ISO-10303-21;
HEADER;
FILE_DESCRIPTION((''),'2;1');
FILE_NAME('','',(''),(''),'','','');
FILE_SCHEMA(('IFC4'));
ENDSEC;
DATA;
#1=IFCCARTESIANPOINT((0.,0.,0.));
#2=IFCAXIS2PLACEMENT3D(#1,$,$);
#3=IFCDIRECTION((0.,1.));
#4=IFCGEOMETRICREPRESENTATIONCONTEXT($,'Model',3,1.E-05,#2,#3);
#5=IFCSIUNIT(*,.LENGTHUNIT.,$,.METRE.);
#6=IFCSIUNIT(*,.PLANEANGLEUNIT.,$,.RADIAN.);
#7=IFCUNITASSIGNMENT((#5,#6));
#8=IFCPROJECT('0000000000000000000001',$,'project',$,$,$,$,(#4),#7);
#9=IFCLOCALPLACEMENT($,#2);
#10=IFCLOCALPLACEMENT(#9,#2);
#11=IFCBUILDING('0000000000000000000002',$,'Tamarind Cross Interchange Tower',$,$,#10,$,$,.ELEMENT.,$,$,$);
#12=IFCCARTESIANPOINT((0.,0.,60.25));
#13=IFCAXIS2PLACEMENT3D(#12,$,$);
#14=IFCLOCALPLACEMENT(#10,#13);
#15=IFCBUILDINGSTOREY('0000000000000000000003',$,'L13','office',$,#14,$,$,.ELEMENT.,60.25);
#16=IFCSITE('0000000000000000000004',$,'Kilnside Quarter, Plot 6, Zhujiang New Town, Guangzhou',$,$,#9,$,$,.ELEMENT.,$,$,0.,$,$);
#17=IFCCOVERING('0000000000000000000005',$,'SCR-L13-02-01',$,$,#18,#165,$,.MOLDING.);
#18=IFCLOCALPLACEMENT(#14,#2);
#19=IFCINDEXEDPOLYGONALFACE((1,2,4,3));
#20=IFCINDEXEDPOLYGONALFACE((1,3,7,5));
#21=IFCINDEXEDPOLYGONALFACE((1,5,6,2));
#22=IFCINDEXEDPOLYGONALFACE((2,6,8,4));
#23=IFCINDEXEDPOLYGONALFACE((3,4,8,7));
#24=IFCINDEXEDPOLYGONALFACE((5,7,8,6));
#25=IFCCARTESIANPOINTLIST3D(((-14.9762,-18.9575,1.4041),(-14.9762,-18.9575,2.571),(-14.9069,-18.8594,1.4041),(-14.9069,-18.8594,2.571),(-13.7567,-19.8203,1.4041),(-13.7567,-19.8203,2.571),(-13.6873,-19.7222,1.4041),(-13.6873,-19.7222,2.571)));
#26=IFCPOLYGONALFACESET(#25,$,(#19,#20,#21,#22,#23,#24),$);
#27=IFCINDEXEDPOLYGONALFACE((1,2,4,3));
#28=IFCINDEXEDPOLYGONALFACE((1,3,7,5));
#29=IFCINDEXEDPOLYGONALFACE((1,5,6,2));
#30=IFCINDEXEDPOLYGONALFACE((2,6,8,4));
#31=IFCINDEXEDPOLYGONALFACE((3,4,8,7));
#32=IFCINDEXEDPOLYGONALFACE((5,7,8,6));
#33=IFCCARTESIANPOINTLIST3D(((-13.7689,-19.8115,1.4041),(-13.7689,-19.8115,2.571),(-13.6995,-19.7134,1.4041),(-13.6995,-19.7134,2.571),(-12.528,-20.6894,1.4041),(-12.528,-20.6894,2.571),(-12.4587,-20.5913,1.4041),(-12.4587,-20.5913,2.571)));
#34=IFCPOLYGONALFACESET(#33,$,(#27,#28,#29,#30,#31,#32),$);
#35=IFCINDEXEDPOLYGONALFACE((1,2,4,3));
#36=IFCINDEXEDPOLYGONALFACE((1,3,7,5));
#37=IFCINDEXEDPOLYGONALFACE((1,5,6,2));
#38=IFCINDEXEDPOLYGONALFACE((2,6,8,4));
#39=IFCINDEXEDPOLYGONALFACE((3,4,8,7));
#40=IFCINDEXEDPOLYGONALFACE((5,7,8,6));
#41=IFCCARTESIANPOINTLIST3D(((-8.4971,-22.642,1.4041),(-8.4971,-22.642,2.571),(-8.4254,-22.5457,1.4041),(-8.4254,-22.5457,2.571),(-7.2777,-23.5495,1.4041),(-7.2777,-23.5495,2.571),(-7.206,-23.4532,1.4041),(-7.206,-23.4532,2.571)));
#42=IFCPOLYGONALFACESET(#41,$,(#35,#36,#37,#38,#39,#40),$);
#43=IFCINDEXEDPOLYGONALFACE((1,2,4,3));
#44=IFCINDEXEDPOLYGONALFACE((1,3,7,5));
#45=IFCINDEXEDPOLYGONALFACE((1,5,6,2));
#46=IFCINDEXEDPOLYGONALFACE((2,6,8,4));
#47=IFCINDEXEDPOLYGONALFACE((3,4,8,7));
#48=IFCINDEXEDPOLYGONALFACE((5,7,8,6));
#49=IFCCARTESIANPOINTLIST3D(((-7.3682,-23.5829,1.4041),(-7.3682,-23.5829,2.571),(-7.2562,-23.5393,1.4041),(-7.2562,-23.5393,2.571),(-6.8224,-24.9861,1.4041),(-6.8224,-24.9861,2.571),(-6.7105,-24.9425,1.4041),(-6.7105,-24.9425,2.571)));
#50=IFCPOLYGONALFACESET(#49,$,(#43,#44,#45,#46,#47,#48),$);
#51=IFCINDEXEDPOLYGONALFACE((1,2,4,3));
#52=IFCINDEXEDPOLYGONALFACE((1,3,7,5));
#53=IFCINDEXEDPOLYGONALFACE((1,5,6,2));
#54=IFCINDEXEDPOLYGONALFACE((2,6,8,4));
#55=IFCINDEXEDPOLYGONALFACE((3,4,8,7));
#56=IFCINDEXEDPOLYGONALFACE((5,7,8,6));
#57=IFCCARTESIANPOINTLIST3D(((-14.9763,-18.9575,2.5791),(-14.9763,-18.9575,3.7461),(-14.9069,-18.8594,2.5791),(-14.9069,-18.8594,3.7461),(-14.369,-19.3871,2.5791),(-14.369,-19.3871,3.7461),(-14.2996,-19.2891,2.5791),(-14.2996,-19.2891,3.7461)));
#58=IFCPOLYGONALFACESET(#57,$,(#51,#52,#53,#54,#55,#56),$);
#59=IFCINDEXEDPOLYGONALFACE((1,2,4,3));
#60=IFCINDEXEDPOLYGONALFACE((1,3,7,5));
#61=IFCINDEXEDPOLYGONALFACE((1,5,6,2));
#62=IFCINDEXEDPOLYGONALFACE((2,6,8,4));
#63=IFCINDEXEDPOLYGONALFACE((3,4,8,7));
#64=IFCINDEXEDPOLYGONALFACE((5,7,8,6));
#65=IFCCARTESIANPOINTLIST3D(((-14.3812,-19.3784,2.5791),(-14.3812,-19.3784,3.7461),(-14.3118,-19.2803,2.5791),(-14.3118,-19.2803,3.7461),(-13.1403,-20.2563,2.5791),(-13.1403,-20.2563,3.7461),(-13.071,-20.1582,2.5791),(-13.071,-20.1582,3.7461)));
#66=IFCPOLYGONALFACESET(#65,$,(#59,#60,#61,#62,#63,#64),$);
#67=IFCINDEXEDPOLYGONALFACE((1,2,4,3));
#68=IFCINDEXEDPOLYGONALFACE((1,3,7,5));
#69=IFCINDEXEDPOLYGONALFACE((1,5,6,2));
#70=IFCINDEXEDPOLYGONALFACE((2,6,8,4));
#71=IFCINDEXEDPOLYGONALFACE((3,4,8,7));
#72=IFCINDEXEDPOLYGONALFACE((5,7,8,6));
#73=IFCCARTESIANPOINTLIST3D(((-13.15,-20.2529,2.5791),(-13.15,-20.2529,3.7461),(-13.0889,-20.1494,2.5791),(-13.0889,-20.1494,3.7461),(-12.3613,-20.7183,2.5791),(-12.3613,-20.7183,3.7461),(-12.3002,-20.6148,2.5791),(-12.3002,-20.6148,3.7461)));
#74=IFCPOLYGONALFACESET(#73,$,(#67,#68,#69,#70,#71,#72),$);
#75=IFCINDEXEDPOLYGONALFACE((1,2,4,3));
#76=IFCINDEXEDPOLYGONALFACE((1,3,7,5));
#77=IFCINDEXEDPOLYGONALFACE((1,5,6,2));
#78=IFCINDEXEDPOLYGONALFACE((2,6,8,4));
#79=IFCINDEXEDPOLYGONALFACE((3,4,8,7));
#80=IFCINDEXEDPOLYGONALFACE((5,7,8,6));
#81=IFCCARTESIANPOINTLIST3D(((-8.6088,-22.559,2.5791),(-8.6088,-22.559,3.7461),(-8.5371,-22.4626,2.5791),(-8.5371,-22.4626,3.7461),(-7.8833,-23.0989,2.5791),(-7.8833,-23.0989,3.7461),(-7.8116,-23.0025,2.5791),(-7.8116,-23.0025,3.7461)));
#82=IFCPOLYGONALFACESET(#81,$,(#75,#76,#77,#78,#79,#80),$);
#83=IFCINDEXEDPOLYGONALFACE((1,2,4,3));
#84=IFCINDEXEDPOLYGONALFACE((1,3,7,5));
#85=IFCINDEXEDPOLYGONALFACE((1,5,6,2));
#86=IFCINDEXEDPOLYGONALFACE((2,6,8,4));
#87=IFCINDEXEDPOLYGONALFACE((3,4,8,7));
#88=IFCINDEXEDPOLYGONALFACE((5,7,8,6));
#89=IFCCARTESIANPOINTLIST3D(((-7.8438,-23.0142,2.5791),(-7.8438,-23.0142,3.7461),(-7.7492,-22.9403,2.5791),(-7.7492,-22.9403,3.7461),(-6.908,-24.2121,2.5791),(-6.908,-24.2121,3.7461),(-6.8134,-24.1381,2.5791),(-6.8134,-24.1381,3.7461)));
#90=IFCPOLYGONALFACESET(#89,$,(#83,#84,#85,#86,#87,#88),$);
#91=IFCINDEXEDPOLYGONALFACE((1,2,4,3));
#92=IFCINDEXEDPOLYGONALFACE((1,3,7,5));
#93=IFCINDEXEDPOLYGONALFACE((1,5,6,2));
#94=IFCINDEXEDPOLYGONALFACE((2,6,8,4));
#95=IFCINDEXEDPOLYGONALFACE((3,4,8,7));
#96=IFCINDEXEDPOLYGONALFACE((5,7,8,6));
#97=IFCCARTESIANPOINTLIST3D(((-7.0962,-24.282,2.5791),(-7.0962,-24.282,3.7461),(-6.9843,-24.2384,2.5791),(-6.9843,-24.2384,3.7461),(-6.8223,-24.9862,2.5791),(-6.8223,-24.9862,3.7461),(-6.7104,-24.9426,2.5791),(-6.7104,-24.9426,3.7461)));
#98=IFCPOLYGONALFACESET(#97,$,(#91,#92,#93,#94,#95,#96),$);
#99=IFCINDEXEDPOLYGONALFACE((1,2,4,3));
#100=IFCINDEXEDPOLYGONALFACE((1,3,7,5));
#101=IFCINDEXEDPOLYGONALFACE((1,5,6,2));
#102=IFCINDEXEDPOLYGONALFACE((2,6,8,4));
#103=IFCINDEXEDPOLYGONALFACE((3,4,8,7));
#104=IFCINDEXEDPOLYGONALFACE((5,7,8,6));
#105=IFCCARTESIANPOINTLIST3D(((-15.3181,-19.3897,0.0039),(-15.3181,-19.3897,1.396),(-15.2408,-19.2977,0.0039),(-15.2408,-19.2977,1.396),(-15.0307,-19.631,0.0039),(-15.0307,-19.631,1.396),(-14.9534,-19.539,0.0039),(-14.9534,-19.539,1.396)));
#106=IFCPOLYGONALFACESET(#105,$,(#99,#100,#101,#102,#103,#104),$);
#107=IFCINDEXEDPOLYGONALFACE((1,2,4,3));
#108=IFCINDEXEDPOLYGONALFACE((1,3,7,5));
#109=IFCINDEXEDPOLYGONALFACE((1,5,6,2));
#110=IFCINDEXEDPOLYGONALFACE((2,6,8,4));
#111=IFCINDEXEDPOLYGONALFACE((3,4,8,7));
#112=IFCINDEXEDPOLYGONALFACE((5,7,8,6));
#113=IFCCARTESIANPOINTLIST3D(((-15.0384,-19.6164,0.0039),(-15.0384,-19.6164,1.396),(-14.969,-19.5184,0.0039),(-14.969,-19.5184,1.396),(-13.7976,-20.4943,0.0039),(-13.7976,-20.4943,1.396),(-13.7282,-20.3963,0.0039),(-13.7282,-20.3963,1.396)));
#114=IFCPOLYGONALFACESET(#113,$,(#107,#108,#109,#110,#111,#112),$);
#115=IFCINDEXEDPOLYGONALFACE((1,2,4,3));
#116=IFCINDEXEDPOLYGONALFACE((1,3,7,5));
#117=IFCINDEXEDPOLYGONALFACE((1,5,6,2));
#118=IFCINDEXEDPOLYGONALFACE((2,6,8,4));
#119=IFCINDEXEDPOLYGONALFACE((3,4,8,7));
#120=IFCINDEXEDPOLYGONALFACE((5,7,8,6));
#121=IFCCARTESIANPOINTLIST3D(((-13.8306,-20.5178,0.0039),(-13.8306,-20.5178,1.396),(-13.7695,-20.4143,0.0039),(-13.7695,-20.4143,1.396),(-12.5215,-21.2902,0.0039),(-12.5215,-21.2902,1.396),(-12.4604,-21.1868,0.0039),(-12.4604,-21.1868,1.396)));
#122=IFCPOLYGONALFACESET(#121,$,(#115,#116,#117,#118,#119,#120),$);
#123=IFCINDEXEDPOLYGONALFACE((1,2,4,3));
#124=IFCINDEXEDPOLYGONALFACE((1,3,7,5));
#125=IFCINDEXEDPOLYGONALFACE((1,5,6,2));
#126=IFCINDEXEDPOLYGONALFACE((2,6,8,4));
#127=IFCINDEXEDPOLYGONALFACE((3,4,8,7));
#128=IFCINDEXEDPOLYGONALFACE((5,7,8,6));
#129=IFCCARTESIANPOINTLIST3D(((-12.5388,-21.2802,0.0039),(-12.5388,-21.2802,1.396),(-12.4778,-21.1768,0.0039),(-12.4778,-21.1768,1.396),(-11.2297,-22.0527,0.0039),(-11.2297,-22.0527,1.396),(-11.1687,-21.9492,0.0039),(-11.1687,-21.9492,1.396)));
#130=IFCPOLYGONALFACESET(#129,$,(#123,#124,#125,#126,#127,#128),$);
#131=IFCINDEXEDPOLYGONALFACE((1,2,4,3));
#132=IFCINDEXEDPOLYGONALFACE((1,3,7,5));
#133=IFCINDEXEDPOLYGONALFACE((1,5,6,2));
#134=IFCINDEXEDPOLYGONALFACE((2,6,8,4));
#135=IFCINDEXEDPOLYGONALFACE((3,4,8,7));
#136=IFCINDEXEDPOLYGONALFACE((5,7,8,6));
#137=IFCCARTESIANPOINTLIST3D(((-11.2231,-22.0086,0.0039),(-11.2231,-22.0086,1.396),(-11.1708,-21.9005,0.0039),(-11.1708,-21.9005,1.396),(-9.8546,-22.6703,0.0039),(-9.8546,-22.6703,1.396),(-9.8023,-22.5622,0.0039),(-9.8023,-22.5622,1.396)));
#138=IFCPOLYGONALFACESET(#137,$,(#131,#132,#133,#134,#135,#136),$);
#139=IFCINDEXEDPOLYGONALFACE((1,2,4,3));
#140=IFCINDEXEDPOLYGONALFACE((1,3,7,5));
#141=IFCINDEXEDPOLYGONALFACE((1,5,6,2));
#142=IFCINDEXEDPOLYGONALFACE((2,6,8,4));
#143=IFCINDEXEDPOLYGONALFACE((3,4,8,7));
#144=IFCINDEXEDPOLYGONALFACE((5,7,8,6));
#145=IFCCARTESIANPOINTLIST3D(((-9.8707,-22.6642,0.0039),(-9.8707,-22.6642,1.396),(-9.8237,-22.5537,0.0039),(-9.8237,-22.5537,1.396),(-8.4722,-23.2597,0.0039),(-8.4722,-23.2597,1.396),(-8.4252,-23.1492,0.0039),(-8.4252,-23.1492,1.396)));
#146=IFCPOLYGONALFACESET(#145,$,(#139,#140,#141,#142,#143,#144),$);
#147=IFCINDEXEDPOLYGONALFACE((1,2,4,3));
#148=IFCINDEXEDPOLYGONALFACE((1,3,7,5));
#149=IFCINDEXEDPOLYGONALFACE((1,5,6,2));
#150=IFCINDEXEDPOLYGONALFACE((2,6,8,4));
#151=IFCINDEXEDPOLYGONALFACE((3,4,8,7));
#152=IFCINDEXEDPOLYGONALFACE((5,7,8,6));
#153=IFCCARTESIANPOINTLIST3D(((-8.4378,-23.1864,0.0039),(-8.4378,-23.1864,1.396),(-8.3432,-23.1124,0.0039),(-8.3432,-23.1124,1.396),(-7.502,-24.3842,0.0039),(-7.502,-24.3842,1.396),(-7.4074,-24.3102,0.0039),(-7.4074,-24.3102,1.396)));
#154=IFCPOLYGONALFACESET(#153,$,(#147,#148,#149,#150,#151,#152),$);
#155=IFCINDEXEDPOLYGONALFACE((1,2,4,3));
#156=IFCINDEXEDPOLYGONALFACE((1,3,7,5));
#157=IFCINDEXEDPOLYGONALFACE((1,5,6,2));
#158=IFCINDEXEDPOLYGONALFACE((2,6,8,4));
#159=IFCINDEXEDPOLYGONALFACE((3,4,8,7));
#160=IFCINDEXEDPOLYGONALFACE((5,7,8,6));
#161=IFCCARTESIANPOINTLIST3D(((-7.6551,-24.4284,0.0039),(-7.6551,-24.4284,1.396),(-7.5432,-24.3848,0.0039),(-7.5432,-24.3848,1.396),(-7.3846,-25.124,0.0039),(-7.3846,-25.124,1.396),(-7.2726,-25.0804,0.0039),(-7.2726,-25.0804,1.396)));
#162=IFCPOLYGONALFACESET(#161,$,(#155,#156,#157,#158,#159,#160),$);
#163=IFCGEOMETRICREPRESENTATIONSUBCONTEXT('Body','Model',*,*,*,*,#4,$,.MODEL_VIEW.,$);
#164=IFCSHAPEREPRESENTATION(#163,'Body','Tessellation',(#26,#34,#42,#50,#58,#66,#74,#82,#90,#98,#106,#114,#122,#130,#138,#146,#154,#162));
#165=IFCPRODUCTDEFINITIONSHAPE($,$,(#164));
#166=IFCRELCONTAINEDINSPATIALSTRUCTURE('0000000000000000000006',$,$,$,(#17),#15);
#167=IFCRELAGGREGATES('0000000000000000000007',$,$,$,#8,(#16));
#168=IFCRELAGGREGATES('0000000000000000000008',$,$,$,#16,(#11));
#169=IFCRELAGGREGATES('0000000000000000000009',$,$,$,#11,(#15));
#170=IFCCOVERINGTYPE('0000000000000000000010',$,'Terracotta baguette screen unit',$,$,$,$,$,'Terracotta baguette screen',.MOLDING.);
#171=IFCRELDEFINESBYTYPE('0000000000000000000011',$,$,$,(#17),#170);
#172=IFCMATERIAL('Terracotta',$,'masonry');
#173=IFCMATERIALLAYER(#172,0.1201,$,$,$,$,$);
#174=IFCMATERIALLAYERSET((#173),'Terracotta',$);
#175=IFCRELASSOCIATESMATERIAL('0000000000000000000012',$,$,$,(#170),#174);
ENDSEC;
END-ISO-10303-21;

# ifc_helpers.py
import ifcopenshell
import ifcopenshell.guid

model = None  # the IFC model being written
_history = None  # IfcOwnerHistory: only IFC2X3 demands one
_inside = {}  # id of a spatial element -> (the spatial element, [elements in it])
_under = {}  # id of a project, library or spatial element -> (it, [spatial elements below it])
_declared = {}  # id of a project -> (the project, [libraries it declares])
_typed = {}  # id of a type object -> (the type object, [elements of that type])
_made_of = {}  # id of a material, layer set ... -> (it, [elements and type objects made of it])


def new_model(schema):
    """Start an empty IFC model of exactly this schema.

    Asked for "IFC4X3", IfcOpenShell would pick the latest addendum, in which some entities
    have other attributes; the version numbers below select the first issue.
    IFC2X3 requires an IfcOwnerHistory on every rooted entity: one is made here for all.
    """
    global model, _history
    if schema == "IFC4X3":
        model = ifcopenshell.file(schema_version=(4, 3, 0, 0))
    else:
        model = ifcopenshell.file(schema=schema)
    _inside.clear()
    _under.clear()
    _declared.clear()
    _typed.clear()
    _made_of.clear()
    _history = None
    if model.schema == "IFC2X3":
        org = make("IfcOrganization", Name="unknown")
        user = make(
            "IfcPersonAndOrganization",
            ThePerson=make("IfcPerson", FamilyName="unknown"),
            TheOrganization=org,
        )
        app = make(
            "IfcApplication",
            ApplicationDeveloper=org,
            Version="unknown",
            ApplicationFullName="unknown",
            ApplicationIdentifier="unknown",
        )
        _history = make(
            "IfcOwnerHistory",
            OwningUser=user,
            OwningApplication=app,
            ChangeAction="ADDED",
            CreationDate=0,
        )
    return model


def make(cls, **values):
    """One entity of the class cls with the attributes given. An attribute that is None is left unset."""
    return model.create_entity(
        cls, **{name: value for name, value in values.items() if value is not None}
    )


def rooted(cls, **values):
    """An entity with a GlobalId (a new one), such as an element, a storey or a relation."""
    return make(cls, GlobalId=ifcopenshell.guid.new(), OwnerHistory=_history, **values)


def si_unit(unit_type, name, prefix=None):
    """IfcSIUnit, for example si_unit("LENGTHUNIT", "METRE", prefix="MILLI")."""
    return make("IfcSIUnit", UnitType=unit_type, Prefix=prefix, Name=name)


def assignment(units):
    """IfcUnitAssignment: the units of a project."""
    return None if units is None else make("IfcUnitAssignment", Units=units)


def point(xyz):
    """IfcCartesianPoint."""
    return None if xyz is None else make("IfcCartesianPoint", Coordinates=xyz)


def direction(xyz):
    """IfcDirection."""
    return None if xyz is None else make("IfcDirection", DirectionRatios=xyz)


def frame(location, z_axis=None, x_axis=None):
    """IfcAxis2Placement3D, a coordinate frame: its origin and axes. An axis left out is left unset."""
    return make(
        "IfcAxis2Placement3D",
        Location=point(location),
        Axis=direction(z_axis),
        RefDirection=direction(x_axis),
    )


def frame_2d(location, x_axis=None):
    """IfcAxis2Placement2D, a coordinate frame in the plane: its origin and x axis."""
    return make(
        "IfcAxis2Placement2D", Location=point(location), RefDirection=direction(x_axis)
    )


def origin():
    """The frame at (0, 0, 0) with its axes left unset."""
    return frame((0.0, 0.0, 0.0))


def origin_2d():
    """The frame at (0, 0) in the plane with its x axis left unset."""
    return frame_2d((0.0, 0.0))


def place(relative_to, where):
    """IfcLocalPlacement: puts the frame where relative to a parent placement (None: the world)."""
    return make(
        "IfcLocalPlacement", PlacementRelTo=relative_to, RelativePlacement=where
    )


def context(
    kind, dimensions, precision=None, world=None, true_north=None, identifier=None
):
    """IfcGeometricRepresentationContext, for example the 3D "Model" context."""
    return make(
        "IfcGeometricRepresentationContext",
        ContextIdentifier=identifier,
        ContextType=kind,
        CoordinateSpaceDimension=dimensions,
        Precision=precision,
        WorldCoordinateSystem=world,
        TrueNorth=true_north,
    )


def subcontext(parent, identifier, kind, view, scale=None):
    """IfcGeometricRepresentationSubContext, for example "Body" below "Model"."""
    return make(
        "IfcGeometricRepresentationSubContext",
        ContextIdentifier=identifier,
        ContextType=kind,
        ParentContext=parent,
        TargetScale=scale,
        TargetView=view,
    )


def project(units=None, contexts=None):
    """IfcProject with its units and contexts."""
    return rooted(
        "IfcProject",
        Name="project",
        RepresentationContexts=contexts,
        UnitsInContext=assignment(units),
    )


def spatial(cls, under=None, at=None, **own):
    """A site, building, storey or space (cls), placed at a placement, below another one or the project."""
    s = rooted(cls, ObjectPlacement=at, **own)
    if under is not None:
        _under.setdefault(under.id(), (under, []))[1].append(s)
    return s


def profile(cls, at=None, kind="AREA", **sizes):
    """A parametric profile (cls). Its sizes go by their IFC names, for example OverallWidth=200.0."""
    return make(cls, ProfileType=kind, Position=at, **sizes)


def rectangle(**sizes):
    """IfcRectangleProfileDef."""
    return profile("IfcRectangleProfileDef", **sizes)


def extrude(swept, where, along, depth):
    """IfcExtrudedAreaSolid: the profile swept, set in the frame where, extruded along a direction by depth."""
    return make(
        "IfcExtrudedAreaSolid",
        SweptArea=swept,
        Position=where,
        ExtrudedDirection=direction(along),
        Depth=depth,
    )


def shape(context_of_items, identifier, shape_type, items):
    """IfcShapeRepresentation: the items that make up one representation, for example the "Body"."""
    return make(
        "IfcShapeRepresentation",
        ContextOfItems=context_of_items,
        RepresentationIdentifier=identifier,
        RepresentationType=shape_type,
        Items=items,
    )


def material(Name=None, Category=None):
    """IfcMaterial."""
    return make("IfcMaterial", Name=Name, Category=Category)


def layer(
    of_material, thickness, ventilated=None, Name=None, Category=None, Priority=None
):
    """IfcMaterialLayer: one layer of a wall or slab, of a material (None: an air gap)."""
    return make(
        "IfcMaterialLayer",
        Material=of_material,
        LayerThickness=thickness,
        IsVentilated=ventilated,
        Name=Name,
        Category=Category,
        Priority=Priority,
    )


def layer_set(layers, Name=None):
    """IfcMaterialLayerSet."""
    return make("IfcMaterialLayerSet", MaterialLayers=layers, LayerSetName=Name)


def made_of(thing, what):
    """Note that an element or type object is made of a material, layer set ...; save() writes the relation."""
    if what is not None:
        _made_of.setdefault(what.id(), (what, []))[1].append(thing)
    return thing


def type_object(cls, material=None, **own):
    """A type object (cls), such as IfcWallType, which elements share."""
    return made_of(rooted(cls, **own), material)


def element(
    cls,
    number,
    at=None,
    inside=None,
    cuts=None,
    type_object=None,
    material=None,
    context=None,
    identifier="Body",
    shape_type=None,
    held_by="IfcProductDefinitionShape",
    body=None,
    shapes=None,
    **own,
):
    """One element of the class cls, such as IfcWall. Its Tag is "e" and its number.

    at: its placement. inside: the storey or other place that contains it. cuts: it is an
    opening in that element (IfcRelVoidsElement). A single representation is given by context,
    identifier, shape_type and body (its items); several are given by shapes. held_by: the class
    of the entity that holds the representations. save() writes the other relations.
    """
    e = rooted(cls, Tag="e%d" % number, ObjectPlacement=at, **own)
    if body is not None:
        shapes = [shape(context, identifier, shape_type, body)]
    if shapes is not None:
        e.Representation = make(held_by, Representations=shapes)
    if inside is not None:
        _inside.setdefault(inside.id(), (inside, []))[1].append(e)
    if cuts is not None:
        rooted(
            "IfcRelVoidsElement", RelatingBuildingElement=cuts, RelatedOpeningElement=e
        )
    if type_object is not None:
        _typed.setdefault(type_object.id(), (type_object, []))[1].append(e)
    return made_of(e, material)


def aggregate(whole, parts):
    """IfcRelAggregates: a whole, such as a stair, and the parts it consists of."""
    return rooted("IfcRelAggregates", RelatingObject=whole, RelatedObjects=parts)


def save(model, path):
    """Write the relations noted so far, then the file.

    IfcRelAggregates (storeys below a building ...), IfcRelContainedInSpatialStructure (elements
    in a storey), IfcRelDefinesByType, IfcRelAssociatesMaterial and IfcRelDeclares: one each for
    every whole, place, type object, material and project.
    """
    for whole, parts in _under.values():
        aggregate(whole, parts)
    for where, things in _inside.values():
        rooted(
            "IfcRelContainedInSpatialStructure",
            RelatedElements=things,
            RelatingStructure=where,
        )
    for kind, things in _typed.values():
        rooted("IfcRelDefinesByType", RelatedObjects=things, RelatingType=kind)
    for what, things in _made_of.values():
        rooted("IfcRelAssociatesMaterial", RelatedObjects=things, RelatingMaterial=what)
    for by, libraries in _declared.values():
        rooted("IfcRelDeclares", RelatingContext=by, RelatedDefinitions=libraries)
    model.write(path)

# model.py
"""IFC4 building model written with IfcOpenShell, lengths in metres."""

from ifc_helpers import new_model, si_unit, direction, frame, origin, origin_2d, place, context, subcontext, project, spatial, rectangle, extrude, material, layer, layer_set, type_object, element, save


model = new_model("IFC4")

# Units and contexts
model_context = context("Model", 3, precision=1e-05, world=origin(), true_north=direction((0.0, 1.0)))
body_context = subcontext(model_context, "Body", "Model", "MODEL_VIEW")
ifc_project = project(units=[si_unit("LENGTHUNIT", "METRE"), si_unit("PLANEANGLEUNIT", "RADIAN")], contexts=[model_context])

# Site, building, storey
site_placement = place(None, origin())
site = spatial("IfcSite", under=ifc_project, at=site_placement, Name="Kilnside Quarter, Plot 6, Zhujiang New Town, Guangzhou", CompositionType="ELEMENT", RefElevation=0.0)
building_placement = place(site_placement, origin())
building = spatial("IfcBuilding", under=site, at=building_placement, Name="Tamarind Cross Interchange Tower", CompositionType="ELEMENT")
storey_placement = place(building_placement, frame((0.0, 0.0, 60.25)))
storey = spatial("IfcBuildingStorey", under=building, at=storey_placement, Name="L13", Description="office", CompositionType="ELEMENT", Elevation=60.25)

# Covering
ifc_material_1 = material(Name="Terracotta", Category="masonry")
ifc_layer_1 = layer(ifc_material_1, 0.1201)
ifc_layer_set_1 = layer_set([ifc_layer_1], Name="Terracotta")
covering_type = type_object("IfcCoveringType", Name="Terracotta baguette screen unit", ElementType="Terracotta baguette screen", PredefinedType="MOLDING", material=ifc_layer_set_1)
covering_1_placement = place(storey_placement, origin())
element("IfcCovering", 1, at=covering_1_placement, inside=storey, type_object=covering_type, Name="SCR-L13-02-01", PredefinedType="MOLDING", context=body_context, shape_type="SweptSolid", body=[
    extrude(rectangle(XDim=1.4939, YDim=0.1201, at=origin_2d()), frame((-14.3318, -19.3398, 1.4041), z_axis=(0.0, 0.0, 1.0), x_axis=(0.816342, -0.577569, 0.0)), (0.0, 0.0, 1.0), 1.167),
    extrude(rectangle(XDim=1.52, YDim=0.1201, at=origin_2d()), frame((-13.1138, -20.2014, 1.4041), z_axis=(0.0, 0.0, 1.0), x_axis=(0.816342, -0.577569, 0.0)), (0.0, 0.0, 1.0), 1.167),
    extrude(rectangle(XDim=1.52, YDim=0.1201, at=origin_2d()), frame((-7.8516, -23.0476, 1.4041), z_axis=(0.0, 0.0, 1.0), x_axis=(0.802209, -0.597043, 0.0)), (0.0, 0.0, 1.0), 1.167),
    extrude(rectangle(XDim=1.5056, YDim=0.1201, at=origin_2d()), frame((-7.0393, -24.2627, 1.4041), z_axis=(0.0, 0.0, 1.0), x_axis=(0.362473, -0.931994, 0.0)), (0.0, 0.0, 1.0), 1.167),
    extrude(rectangle(XDim=0.7439, YDim=0.1201, at=origin_2d()), frame((-14.6379, -19.1233, 2.5791), z_axis=(0.0, 0.0, 1.0), x_axis=(0.816342, -0.577569, 0.0)), (0.0, 0.0, 1.0), 1.167),
    extrude(rectangle(XDim=1.52, YDim=0.1201, at=origin_2d()), frame((-13.7261, -19.7683, 2.5791), z_axis=(0.0, 0.0, 1.0), x_axis=(0.816342, -0.577569, 0.0)), (0.0, 0.0, 1.0), 1.167),
    extrude(rectangle(XDim=0.9158, YDim=0.1201, at=origin_2d()), frame((-12.7251, -20.4338, 2.5791), z_axis=(0.0, 0.0, 1.0), x_axis=(0.861249, -0.508183, 0.0)), (0.0, 0.0, 1.0), 1.167),
    extrude(rectangle(XDim=0.9043, YDim=0.1201, at=origin_2d()), frame((-8.2102, -22.7808, 2.5791), z_axis=(0.0, 0.0, 1.0), x_axis=(0.802209, -0.597043, 0.0)), (0.0, 0.0, 1.0), 1.167),
    extrude(rectangle(XDim=1.52, YDim=0.1201, at=origin_2d()), frame((-7.3286, -23.5762, 2.5791), z_axis=(0.0, 0.0, 1.0), x_axis=(0.615646, -0.788023, 0.0)), (0.0, 0.0, 1.0), 1.167),
    extrude(rectangle(XDim=0.7556, YDim=0.1201, at=origin_2d()), frame((-6.9033, -24.6123, 2.5791), z_axis=(0.0, 0.0, 1.0), x_axis=(0.362473, -0.931994, 0.0)), (0.0, 0.0, 1.0), 1.167),
    extrude(rectangle(XDim=0.3752, YDim=0.1201, at=origin_2d()), frame((-15.1357, -19.4644, 0.0039), z_axis=(0.0, 0.0, 1.0), x_axis=(0.765858, -0.643009, 0.0)), (0.0, 0.0, 1.0), 1.3921),
    extrude(rectangle(XDim=1.52, YDim=0.1201, at=origin_2d()), frame((-14.3833, -20.0063, 0.0039), z_axis=(0.0, 0.0, 1.0), x_axis=(0.816342, -0.577569, 0.0)), (0.0, 0.0, 1.0), 1.3921),
    extrude(rectangle(XDim=1.52, YDim=0.1201, at=origin_2d()), frame((-13.1455, -20.8523, 0.0039), z_axis=(0.0, 0.0, 1.0), x_axis=(0.861249, -0.508183, 0.0)), (0.0, 0.0, 1.0), 1.3921),
    extrude(rectangle(XDim=1.52, YDim=0.1201, at=origin_2d()), frame((-11.8538, -21.6147, 0.0039), z_axis=(0.0, 0.0, 1.0), x_axis=(0.861249, -0.508183, 0.0)), (0.0, 0.0, 1.0), 1.3921),
    extrude(rectangle(XDim=1.52, YDim=0.1201, at=origin_2d()), frame((-10.5127, -22.2854, 0.0039), z_axis=(0.0, 0.0, 1.0), x_axis=(0.900273, -0.435326, 0.0)), (0.0, 0.0, 1.0), 1.3921),
    extrude(rectangle(XDim=1.52, YDim=0.1201, at=origin_2d()), frame((-9.1479, -22.9067, 0.0039), z_axis=(0.0, 0.0, 1.0), x_axis=(0.920061, -0.391775, 0.0)), (0.0, 0.0, 1.0), 1.3921),
    extrude(rectangle(XDim=1.52, YDim=0.1201, at=origin_2d()), frame((-7.9226, -23.7483, 0.0039), z_axis=(0.0, 0.0, 1.0), x_axis=(0.615646, -0.788023, 0.0)), (0.0, 0.0, 1.0), 1.3921),
    extrude(rectangle(XDim=0.7463, YDim=0.1201, at=origin_2d()), frame((-7.4639, -24.7544, 0.0039), z_axis=(0.0, 0.0, 1.0), x_axis=(0.362473, -0.931994, 0.0)), (0.0, 0.0, 1.0), 1.3921),
])

save(model, "model.ifc")
